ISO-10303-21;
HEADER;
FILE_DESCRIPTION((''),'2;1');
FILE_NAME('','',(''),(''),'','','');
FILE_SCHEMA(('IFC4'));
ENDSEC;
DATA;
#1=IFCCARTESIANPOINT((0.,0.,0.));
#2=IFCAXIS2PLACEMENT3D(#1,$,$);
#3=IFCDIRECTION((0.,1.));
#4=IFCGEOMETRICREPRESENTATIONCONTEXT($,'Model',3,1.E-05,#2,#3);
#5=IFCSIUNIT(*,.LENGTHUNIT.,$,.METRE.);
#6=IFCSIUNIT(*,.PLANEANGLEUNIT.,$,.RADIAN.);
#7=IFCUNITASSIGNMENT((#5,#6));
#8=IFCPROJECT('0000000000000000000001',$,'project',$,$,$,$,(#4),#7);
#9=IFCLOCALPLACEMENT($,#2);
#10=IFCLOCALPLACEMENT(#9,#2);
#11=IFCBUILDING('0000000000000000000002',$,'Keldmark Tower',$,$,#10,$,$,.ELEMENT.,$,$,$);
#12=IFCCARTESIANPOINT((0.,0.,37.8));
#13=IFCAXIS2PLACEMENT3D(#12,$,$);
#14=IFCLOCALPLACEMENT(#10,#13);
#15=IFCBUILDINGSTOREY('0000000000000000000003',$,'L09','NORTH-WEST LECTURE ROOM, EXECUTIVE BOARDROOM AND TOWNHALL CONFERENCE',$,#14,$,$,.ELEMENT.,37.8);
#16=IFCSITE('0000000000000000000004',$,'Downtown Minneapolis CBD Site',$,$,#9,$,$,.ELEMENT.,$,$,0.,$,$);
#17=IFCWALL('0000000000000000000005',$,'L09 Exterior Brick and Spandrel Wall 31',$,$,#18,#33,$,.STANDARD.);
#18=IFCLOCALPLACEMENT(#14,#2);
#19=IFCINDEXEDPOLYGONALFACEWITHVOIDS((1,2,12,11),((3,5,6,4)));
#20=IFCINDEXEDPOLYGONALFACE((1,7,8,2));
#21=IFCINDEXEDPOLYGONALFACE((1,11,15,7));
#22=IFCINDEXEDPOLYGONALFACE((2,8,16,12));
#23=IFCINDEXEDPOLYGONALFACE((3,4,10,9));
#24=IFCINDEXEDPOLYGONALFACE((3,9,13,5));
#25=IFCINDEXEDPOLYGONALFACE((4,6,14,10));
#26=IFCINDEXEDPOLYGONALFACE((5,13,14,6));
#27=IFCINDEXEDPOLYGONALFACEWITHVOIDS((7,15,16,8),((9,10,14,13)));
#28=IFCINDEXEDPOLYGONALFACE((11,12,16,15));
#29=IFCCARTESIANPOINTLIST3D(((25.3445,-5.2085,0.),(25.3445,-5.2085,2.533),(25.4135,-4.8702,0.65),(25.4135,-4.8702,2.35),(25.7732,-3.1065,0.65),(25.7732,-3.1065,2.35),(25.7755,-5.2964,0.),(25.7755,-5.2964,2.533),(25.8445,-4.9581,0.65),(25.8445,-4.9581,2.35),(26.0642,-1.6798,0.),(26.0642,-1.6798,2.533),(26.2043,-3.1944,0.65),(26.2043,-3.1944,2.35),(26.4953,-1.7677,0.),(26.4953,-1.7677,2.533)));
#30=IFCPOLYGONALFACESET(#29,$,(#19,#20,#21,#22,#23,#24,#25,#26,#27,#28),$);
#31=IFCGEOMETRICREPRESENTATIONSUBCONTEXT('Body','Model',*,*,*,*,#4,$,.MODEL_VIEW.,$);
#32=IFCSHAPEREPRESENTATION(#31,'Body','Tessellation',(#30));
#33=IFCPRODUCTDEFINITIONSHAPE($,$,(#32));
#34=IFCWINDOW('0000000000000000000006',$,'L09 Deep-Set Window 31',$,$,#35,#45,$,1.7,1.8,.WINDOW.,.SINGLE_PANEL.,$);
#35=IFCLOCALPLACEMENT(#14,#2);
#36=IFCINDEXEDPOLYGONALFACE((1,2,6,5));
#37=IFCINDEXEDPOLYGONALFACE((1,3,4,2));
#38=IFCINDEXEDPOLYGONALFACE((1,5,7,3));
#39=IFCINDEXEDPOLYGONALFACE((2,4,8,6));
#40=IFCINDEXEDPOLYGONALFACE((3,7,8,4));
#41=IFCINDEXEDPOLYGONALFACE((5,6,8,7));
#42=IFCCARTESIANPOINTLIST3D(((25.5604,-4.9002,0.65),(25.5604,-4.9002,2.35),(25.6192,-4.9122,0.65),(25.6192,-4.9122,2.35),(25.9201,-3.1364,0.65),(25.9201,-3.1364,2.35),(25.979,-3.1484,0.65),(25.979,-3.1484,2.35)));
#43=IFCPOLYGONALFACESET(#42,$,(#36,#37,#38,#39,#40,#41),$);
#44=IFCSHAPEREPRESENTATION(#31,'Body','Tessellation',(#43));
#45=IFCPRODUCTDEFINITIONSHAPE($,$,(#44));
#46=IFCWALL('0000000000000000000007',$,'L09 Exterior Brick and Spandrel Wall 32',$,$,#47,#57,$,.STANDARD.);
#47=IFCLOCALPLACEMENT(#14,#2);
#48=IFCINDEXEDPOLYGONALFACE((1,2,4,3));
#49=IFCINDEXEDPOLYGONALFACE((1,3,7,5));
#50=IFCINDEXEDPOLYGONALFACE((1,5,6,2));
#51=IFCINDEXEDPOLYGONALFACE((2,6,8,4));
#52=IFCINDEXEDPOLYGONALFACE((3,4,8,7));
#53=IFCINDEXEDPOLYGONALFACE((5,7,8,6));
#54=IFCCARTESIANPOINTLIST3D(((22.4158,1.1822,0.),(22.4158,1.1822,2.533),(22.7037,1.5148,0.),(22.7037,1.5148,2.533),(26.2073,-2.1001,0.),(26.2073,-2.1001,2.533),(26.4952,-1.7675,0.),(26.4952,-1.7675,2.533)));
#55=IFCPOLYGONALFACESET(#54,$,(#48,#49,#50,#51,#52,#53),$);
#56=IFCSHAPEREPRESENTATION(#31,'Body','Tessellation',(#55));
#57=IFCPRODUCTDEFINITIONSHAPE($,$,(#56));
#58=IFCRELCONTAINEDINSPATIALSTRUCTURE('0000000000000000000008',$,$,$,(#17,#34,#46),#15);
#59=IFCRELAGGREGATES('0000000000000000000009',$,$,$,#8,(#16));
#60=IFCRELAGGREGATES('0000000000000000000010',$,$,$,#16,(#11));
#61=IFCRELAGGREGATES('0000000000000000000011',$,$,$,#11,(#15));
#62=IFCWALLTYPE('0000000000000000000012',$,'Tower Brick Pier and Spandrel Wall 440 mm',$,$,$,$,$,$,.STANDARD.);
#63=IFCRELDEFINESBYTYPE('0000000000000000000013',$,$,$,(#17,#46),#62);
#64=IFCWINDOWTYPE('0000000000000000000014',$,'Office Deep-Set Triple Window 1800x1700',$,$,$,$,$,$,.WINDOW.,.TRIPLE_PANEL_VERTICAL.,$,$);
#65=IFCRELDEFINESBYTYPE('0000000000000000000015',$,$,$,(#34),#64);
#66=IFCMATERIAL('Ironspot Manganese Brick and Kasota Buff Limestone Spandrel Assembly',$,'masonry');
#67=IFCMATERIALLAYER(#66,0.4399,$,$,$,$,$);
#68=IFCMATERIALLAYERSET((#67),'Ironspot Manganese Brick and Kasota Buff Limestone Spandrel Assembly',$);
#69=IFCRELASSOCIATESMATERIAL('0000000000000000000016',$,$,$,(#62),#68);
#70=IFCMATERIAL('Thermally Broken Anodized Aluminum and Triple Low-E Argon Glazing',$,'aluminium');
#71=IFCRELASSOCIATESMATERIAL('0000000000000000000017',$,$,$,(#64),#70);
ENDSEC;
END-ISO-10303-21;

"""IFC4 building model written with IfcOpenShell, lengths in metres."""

from ifc_helpers import new_model, si_unit, direction, frame, frame_2d, origin, place, context, subcontext, project, spatial, rectangle, extrude, material, layer, layer_set, type_object, element, fill, save


model = new_model("IFC4")

# Units and contexts
model_context = context("Model", 3, precision=1e-05, world=origin(), true_north=direction((0.0, 1.0)))
body_context = subcontext(model_context, "Body", "Model", "MODEL_VIEW")
ifc_project = project(units=[si_unit("LENGTHUNIT", "METRE"), si_unit("PLANEANGLEUNIT", "RADIAN")], contexts=[model_context])

# Site, building, storey
site_placement = place(None, origin())
site = spatial("IfcSite", under=ifc_project, at=site_placement, Name="Downtown Minneapolis CBD Site", CompositionType="ELEMENT", RefElevation=0.0)
building_placement = place(site_placement, origin())
building = spatial("IfcBuilding", under=site, at=building_placement, Name="Keldmark Tower", CompositionType="ELEMENT")
storey_placement = place(building_placement, frame((0.0, 0.0, 37.8)))
storey = spatial("IfcBuildingStorey", under=building, at=storey_placement, Name="L09", Description="NORTH-WEST LECTURE ROOM, EXECUTIVE BOARDROOM AND TOWNHALL CONFERENCE", CompositionType="ELEMENT", Elevation=37.8)

# Wall, opening, window
ifc_material_1 = material(Name="Ironspot Manganese Brick and Kasota Buff Limestone Spandrel Assembly", Category="masonry")
ifc_layer_1 = layer(ifc_material_1, 0.4399)
ifc_layer_set_1 = layer_set([ifc_layer_1], Name="Ironspot Manganese Brick and Kasota Buff Limestone Spandrel Assembly")
wall_type_1 = type_object("IfcWallType", Name="Tower Brick Pier and Spandrel Wall 440 mm", PredefinedType="STANDARD", material=ifc_layer_set_1)
ifc_material_2 = material(Name="Thermally Broken Anodized Aluminum and Triple Low-E Argon Glazing", Category="aluminium")
window_type = type_object("IfcWindowType", Name="Office Deep-Set Triple Window 1800x1700", PartitioningType="TRIPLE_PANEL_VERTICAL", PredefinedType="WINDOW", material=ifc_material_2)
wall_1_placement = place(storey_placement, frame((26.2798, -1.7236, 0.0), z_axis=(0.0, 0.0, 1.0), x_axis=(-0.199856, -0.979825, 0.0)))
wall_1 = element("IfcWall", 1, at=wall_1_placement, inside=storey, type_object=wall_type_1, Name="L09 Exterior Brick and Spandrel Wall 31", PredefinedType="STANDARD", context=body_context, shape_type="SweptSolid", body=[
    extrude(rectangle(XDim=3.6013, YDim=0.4399, at=frame_2d((1.8008, 0.0))), origin(), (0.0, 0.0, 1.0), 2.533),
])
opening_1_placement = place(wall_1_placement, frame((1.4563, 0.0, 0.6499)))
opening_1 = element("IfcOpeningElement", 2, at=opening_1_placement, cuts=wall_1, PredefinedType="OPENING", context=body_context, shape_type="SweptSolid", body=[
    extrude(rectangle(XDim=1.8, YDim=1.7, at=frame_2d((0.8999, 0.8501))), frame((0.0, 0.23, 0.0), z_axis=(0.0, -1.0, 0.0), x_axis=(1.0, 0.0, 0.0)), (0.0, 0.0, 1.0), 0.46),
])
window_1_placement = place(opening_1_placement, origin())
window_1 = element("IfcWindow", 3, at=window_1_placement, inside=storey, type_object=window_type, Name="L09 Deep-Set Window 31", OverallHeight=1.7, OverallWidth=1.8, PartitioningType="SINGLE_PANEL", PredefinedType="WINDOW", context=body_context, shape_type="SweptSolid", body=[
    extrude(rectangle(XDim=1.8, YDim=1.7, at=frame_2d((0.8999, 0.8501))), frame((0.0, -0.01, 0.0), z_axis=(0.0, -1.0, 0.0), x_axis=(1.0, 0.0, 0.0)), (0.0, 0.0, 1.0), 0.0601),
])
fill(opening_1, window_1)

# Wall
wall_2_placement = place(storey_placement, frame((22.5598, 1.3484, 0.0), z_axis=(0.0, 0.0, 1.0), x_axis=(0.756058, -0.654504, 0.0)))
element("IfcWall", 4, at=wall_2_placement, inside=storey, type_object=wall_type_1, Name="L09 Exterior Brick and Spandrel Wall 32", PredefinedType="STANDARD", context=body_context, shape_type="SweptSolid", body=[
    extrude(rectangle(XDim=5.0149, YDim=0.4399, at=frame_2d((2.5073, 0.0))), origin(), (0.0, 0.0, 1.0), 2.533),
])

save(model, "model.ifc")
